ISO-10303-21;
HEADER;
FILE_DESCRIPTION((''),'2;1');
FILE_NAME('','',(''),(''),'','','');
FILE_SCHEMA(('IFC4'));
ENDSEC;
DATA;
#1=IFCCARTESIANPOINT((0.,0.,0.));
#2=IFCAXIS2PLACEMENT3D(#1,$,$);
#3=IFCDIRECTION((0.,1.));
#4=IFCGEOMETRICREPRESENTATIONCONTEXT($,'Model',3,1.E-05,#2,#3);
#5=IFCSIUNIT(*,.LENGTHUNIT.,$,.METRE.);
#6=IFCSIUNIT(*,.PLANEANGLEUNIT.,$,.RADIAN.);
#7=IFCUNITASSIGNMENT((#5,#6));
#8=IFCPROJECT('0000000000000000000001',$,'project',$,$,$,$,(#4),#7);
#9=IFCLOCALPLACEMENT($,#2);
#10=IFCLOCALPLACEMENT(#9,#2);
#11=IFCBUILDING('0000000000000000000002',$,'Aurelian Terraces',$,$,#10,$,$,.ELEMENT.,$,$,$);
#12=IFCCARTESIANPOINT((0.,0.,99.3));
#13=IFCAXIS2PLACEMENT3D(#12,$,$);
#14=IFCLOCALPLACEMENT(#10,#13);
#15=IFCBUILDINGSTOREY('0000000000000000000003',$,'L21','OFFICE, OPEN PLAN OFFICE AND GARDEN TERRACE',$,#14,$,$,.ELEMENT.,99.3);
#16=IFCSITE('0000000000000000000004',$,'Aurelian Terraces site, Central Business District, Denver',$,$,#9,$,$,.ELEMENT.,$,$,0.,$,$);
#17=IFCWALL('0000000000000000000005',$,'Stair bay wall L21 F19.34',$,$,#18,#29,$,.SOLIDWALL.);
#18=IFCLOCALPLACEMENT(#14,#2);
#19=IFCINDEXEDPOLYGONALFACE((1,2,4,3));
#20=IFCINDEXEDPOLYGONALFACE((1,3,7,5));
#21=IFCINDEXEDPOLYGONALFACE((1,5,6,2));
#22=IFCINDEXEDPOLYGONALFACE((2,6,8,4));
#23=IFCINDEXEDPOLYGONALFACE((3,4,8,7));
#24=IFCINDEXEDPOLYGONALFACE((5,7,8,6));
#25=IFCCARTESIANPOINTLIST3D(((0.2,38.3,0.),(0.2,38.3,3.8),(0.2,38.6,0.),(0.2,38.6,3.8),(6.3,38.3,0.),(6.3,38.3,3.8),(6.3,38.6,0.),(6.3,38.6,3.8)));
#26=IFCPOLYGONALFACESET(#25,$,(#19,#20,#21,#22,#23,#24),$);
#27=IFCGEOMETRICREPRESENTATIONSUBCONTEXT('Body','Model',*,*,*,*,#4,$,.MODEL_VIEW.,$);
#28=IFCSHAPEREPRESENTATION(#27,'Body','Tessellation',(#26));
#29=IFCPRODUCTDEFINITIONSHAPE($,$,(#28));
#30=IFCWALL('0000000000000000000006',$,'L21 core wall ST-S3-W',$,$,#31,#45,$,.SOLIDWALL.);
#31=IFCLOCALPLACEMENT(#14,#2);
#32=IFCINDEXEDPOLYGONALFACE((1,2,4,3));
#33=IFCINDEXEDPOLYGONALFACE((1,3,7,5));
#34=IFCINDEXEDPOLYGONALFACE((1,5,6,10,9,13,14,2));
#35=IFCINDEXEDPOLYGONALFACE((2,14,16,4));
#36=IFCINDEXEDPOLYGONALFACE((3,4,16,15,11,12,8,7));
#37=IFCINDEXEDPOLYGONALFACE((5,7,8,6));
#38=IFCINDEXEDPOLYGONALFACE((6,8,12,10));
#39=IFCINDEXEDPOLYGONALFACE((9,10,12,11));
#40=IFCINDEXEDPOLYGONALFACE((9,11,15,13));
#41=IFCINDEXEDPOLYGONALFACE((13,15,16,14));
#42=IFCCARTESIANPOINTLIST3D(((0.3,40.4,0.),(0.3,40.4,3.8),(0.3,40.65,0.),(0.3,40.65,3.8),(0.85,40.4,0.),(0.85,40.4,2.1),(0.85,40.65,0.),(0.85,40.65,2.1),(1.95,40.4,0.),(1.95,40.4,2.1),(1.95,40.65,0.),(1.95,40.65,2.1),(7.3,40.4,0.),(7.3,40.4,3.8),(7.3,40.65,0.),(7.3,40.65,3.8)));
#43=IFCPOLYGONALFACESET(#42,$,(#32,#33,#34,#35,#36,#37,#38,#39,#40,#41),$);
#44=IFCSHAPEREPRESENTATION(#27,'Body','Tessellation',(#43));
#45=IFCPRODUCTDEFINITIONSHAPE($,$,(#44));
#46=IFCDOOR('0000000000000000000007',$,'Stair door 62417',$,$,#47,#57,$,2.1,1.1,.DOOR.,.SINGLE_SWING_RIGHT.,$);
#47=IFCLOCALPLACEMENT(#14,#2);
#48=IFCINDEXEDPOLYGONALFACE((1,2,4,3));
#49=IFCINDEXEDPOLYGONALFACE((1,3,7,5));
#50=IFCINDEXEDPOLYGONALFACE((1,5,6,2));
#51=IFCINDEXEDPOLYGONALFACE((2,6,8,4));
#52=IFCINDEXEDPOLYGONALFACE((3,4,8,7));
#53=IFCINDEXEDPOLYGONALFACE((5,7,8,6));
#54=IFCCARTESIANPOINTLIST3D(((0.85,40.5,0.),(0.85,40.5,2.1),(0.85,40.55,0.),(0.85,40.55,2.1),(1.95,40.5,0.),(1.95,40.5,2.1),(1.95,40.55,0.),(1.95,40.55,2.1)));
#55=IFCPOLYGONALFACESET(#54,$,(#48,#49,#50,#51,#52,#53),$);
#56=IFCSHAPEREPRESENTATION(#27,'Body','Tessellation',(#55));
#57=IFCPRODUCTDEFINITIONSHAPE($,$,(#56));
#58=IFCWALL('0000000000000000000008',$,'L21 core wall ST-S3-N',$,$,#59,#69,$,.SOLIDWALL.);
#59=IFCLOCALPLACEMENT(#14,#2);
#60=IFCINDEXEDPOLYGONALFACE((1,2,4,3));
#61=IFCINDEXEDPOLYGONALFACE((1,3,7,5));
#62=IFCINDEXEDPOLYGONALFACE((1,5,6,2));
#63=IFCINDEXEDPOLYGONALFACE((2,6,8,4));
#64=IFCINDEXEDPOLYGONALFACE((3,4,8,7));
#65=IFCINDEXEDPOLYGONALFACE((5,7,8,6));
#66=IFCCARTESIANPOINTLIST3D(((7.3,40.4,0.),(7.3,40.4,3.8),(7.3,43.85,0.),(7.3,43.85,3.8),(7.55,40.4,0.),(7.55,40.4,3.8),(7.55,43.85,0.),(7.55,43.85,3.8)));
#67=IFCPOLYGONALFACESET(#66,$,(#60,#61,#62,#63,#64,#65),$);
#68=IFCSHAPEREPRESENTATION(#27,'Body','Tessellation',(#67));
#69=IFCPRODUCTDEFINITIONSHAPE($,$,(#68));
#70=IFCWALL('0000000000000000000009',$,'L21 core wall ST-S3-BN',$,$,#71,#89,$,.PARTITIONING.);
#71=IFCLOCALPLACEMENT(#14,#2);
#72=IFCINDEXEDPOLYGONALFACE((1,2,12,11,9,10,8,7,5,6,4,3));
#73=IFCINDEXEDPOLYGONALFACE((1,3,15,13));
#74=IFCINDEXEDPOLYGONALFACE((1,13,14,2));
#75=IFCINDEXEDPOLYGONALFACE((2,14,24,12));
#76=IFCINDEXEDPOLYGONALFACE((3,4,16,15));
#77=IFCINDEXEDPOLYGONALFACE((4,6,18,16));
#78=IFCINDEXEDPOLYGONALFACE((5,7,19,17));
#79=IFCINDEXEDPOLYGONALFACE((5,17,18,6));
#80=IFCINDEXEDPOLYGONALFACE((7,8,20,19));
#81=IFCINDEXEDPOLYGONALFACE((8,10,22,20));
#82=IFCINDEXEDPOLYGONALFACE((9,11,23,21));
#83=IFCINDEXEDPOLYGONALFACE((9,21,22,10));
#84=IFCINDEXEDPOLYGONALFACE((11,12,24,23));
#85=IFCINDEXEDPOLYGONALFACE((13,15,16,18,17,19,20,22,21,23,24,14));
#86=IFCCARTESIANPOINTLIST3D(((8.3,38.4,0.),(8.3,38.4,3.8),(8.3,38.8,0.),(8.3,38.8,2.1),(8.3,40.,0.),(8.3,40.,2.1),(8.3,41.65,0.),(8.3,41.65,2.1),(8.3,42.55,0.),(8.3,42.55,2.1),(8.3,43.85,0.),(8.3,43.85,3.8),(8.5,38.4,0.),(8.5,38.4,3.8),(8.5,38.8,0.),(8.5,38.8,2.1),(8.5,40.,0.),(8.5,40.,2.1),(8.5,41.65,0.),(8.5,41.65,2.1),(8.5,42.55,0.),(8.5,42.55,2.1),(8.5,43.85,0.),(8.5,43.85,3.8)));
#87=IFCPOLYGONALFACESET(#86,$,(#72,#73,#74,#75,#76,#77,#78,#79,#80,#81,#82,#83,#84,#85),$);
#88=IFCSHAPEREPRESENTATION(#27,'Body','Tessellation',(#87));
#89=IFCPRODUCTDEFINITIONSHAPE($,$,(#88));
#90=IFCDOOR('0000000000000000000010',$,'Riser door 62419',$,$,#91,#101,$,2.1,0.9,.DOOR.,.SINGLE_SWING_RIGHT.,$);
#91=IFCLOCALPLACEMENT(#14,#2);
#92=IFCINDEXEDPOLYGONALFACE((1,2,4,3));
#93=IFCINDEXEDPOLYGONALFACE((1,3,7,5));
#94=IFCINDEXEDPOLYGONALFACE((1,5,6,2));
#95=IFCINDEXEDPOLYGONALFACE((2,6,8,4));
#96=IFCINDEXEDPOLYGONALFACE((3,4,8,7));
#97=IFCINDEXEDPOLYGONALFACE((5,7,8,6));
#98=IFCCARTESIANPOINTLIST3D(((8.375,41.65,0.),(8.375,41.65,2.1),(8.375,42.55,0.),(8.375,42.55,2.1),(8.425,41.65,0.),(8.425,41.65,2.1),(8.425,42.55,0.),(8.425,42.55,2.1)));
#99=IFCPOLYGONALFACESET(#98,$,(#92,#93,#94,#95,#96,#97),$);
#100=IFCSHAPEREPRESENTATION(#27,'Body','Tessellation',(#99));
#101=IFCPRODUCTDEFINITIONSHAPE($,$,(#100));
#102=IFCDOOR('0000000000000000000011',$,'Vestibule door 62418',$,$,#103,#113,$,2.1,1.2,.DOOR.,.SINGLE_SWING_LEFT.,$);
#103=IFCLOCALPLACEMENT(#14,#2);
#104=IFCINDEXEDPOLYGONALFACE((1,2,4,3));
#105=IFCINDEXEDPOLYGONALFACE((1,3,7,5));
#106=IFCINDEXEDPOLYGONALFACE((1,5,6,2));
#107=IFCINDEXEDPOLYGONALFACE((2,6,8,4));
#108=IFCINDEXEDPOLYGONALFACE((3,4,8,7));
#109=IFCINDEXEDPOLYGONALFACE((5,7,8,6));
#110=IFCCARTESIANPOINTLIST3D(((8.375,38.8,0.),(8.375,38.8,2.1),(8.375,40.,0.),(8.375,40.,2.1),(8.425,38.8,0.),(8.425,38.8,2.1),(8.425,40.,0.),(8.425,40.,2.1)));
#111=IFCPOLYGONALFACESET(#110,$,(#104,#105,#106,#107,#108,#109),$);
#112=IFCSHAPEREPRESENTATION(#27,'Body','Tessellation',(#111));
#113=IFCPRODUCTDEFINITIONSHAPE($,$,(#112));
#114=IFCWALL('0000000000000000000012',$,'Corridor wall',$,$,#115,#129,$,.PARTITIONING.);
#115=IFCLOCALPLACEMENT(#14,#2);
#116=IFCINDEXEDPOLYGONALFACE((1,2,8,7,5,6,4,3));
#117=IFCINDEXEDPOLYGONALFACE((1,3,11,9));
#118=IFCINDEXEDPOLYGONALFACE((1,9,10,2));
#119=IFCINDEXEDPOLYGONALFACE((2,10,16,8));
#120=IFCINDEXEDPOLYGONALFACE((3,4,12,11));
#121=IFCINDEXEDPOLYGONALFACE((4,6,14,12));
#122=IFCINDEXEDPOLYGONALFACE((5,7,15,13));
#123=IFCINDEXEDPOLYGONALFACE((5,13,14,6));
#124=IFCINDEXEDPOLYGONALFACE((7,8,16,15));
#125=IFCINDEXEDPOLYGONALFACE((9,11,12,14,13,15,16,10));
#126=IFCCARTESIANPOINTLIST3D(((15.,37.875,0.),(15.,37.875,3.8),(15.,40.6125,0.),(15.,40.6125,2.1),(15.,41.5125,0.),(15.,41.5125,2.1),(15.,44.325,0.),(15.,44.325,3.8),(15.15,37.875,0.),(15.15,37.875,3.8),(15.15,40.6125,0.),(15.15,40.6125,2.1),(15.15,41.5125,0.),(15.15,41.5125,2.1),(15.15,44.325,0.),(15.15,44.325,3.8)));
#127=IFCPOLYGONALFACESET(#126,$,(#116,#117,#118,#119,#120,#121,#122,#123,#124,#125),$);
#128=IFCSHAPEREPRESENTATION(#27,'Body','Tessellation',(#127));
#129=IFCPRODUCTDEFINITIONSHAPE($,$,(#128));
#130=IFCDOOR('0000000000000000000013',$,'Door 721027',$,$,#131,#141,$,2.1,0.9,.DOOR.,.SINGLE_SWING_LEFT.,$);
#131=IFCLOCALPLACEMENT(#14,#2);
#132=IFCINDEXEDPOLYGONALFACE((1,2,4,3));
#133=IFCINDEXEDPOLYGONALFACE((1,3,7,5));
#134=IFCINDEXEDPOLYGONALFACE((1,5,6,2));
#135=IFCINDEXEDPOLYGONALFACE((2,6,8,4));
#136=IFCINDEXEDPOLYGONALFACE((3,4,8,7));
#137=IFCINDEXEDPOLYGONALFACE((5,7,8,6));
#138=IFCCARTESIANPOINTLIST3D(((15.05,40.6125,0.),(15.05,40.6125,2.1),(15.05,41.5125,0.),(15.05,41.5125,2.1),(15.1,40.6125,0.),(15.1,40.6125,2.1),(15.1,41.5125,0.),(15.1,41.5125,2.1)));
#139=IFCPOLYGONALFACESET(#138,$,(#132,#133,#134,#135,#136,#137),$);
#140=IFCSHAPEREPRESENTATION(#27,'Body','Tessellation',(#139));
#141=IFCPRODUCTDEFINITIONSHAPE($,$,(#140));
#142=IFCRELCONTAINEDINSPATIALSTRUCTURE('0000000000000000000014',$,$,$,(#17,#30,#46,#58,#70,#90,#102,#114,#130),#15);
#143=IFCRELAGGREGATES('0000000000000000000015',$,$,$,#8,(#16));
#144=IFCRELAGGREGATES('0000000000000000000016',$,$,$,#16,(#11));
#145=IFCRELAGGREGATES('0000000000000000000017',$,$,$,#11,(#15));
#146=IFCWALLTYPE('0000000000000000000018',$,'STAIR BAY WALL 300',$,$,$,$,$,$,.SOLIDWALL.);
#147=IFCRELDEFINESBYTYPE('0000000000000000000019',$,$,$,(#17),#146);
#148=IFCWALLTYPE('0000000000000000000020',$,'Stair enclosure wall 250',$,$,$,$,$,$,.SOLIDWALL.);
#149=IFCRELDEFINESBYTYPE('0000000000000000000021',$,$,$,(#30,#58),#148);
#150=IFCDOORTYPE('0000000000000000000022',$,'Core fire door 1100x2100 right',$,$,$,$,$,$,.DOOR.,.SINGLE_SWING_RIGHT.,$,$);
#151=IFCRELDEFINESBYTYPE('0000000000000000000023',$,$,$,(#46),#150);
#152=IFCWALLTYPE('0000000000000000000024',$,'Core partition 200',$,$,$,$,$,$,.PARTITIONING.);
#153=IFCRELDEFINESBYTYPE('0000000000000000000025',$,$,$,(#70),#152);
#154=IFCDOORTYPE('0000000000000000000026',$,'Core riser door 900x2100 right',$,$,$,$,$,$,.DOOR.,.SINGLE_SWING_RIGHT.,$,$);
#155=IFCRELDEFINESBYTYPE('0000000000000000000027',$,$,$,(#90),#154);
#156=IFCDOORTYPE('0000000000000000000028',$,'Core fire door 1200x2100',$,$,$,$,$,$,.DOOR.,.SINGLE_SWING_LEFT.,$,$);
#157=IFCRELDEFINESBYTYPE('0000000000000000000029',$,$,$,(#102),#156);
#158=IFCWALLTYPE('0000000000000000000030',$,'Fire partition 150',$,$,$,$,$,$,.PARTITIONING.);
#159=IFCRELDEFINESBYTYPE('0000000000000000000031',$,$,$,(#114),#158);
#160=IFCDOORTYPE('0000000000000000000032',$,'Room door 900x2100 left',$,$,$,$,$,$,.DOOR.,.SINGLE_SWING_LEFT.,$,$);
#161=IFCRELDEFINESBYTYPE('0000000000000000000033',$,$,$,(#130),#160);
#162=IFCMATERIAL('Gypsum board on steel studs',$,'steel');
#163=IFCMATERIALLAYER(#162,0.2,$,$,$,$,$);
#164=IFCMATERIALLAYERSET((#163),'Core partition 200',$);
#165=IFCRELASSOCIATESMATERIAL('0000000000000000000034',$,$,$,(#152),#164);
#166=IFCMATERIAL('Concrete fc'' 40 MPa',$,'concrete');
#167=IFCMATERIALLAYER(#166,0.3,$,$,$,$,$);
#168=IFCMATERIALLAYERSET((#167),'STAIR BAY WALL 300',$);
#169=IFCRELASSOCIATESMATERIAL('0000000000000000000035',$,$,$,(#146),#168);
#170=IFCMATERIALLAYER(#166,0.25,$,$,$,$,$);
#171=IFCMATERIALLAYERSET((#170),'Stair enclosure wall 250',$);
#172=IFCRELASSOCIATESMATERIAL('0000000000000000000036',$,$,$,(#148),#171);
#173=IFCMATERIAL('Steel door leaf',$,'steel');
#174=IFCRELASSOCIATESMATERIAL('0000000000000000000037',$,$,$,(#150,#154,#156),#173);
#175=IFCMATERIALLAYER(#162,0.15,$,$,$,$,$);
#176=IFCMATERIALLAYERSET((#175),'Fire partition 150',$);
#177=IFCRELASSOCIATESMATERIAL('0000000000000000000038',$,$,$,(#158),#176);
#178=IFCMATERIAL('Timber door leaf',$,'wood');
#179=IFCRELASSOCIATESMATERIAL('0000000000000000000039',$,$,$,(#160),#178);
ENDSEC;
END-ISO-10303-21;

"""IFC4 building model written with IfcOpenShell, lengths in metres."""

from ifc_helpers import new_model, si_unit, direction, frame, frame_2d, origin, place, context, subcontext, project, spatial, rectangle, extrude, source, transform, mapped, material, layer, layer_set, type_object, element, fill, save


model = new_model("IFC4")

# Units and contexts
model_context = context("Model", 3, precision=1e-05, world=origin(), true_north=direction((0.0, 1.0)))
body_context = subcontext(model_context, "Body", "Model", "MODEL_VIEW")
ifc_project = project(units=[si_unit("LENGTHUNIT", "METRE"), si_unit("PLANEANGLEUNIT", "RADIAN")], contexts=[model_context])

# Site, building, storey
site_placement = place(None, origin())
site = spatial("IfcSite", under=ifc_project, at=site_placement, Name="Aurelian Terraces site, Central Business District, Denver", CompositionType="ELEMENT", RefElevation=0.0)
building_placement = place(site_placement, origin())
building = spatial("IfcBuilding", under=site, at=building_placement, Name="Aurelian Terraces", CompositionType="ELEMENT")
storey_placement = place(building_placement, frame((0.0, 0.0, 99.3)))
storey = spatial("IfcBuildingStorey", under=building, at=storey_placement, Name="L21", Description="OFFICE, OPEN PLAN OFFICE AND GARDEN TERRACE", CompositionType="ELEMENT", Elevation=99.3)

# Shared definitions
ifc_material_1 = material(Name="Gypsum board on steel studs", Category="steel")
ifc_layer_1 = layer(ifc_material_1, 0.2)
ifc_layer_set_1 = layer_set([ifc_layer_1], Name="Core partition 200")
wall_type_1 = type_object("IfcWallType", Name="Core partition 200", PredefinedType="PARTITIONING", material=ifc_layer_set_1)

# Wall
ifc_material_2 = material(Name="Concrete fc' 40 MPa", Category="concrete")
ifc_layer_2 = layer(ifc_material_2, 0.3)
ifc_layer_set_2 = layer_set([ifc_layer_2], Name="STAIR BAY WALL 300")
wall_type_2 = type_object("IfcWallType", Name="STAIR BAY WALL 300", PredefinedType="SOLIDWALL", material=ifc_layer_set_2)
shared_shape_1 = source(origin(), body_context, "Body", "SweptSolid", [
    extrude(rectangle(XDim=6.1, YDim=0.3, at=frame_2d((3.05, 0.0))), origin(), (0.0, 0.0, 1.0), 3.8),
])
wall_1_placement = place(storey_placement, frame((0.2, 38.45, 0.0), z_axis=(0.0, 0.0, 1.0), x_axis=(1.0, 0.0, 0.0)))
element("IfcWall", 1, at=wall_1_placement, inside=storey, type_object=wall_type_2, Name="Stair bay wall L21 F19.34", PredefinedType="SOLIDWALL", context=body_context, shape_type="MappedRepresentation", body=[
    mapped(shared_shape_1, transform((0.0, 0.0, 0.0), scale=1.0)),
])

# Wall, opening, door
ifc_layer_3 = layer(ifc_material_2, 0.25)
ifc_layer_set_3 = layer_set([ifc_layer_3], Name="Stair enclosure wall 250")
wall_type_3 = type_object("IfcWallType", Name="Stair enclosure wall 250", PredefinedType="SOLIDWALL", material=ifc_layer_set_3)
shared_shape_2 = source(origin(), body_context, "Body", "SweptSolid", [
    extrude(rectangle(XDim=7.0, YDim=0.25, at=frame_2d((3.5, 0.0))), origin(), (0.0, 0.0, 1.0), 3.8),
])
wall_2_placement = place(storey_placement, frame((0.3, 40.525, 0.0), z_axis=(0.0, 0.0, 1.0), x_axis=(1.0, 0.0, 0.0)))
wall_2 = element("IfcWall", 2, at=wall_2_placement, inside=storey, type_object=wall_type_3, Name="L21 core wall ST-S3-W", PredefinedType="SOLIDWALL", context=body_context, shape_type="MappedRepresentation", body=[
    mapped(shared_shape_2, transform((0.0, 0.0, 0.0), scale=1.0)),
])
shared_shape_3 = source(origin(), body_context, "Body", "SweptSolid", [
    extrude(rectangle(XDim=1.1, YDim=2.1, at=frame_2d((0.55, 1.05))), frame((0.0, 0.135, 0.0), z_axis=(0.0, -1.0, 0.0), x_axis=(1.0, 0.0, 0.0)), (0.0, 0.0, 1.0), 0.27),
])
opening_1_placement = place(wall_2_placement, frame((0.55, 0.0, 0.0)))
opening_1 = element("IfcOpeningElement", 3, at=opening_1_placement, cuts=wall_2, PredefinedType="OPENING", context=body_context, shape_type="MappedRepresentation", body=[
    mapped(shared_shape_3, transform((0.0, 0.0, 0.0), scale=1.0)),
])
ifc_material_3 = material(Name="Steel door leaf", Category="steel")
door_type_1 = type_object("IfcDoorType", Name="Core fire door 1100x2100 right", OperationType="SINGLE_SWING_RIGHT", PredefinedType="DOOR", material=ifc_material_3)
shared_shape_4 = source(origin(), body_context, "Body", "SweptSolid", [
    extrude(rectangle(XDim=1.1, YDim=2.1, at=frame_2d((0.55, 1.05))), frame((0.0, 0.025, 0.0), z_axis=(0.0, -1.0, 0.0), x_axis=(1.0, 0.0, 0.0)), (0.0, 0.0, 1.0), 0.05),
])
door_1_placement = place(opening_1_placement, origin())
door_1 = element("IfcDoor", 4, at=door_1_placement, inside=storey, type_object=door_type_1, Name="Stair door 62417", OperationType="SINGLE_SWING_RIGHT", OverallHeight=2.1, OverallWidth=1.1, PredefinedType="DOOR", context=body_context, shape_type="MappedRepresentation", body=[
    mapped(shared_shape_4, transform((0.0, 0.0, 0.0), scale=1.0)),
])
fill(opening_1, door_1)

# Wall
shared_shape_5 = source(origin(), body_context, "Body", "SweptSolid", [
    extrude(rectangle(XDim=3.45, YDim=0.25, at=frame_2d((1.725, 0.0))), origin(), (0.0, 0.0, 1.0), 3.8),
])
wall_3_placement = place(storey_placement, frame((7.425, 40.4, 0.0), z_axis=(0.0, 0.0, 1.0), x_axis=(0.0, 1.0, 0.0)))
element("IfcWall", 5, at=wall_3_placement, inside=storey, type_object=wall_type_3, Name="L21 core wall ST-S3-N", PredefinedType="SOLIDWALL", context=body_context, shape_type="MappedRepresentation", body=[
    mapped(shared_shape_5, transform((0.0, 0.0, 0.0), scale=1.0)),
])

# Wall, openings, doors
shared_shape_6 = source(origin(), body_context, "Body", "SweptSolid", [
    extrude(rectangle(XDim=5.45, YDim=0.2, at=frame_2d((2.725, 0.0))), origin(), (0.0, 0.0, 1.0), 3.8),
])
wall_4_placement = place(storey_placement, frame((8.4, 38.4, 0.0), z_axis=(0.0, 0.0, 1.0), x_axis=(0.0, 1.0, 0.0)))
wall_4 = element("IfcWall", 6, at=wall_4_placement, inside=storey, type_object=wall_type_1, Name="L21 core wall ST-S3-BN", PredefinedType="PARTITIONING", context=body_context, shape_type="MappedRepresentation", body=[
    mapped(shared_shape_6, transform((0.0, 0.0, 0.0), scale=1.0)),
])
shared_shape_7 = source(origin(), body_context, "Body", "SweptSolid", [
    extrude(rectangle(XDim=1.2, YDim=2.1, at=frame_2d((0.6, 1.05))), frame((0.0, 0.11, 0.0), z_axis=(0.0, -1.0, 0.0), x_axis=(1.0, 0.0, 0.0)), (0.0, 0.0, 1.0), 0.22),
])
opening_2_placement = place(wall_4_placement, frame((0.4, 0.0, 0.0)))
opening_2 = element("IfcOpeningElement", 7, at=opening_2_placement, cuts=wall_4, PredefinedType="OPENING", context=body_context, shape_type="MappedRepresentation", body=[
    mapped(shared_shape_7, transform((0.0, 0.0, 0.0), scale=1.0)),
])
shared_shape_8 = source(origin(), body_context, "Body", "SweptSolid", [
    extrude(rectangle(XDim=0.9, YDim=2.1, at=frame_2d((0.45, 1.05))), frame((0.0, 0.11, 0.0), z_axis=(0.0, -1.0, 0.0), x_axis=(1.0, 0.0, 0.0)), (0.0, 0.0, 1.0), 0.22),
])
opening_3_placement = place(wall_4_placement, frame((3.25, 0.0, 0.0)))
opening_3 = element("IfcOpeningElement", 8, at=opening_3_placement, cuts=wall_4, PredefinedType="OPENING", context=body_context, shape_type="MappedRepresentation", body=[
    mapped(shared_shape_8, transform((0.0, 0.0, 0.0), scale=1.0)),
])
door_type_2 = type_object("IfcDoorType", Name="Core riser door 900x2100 right", OperationType="SINGLE_SWING_RIGHT", PredefinedType="DOOR", material=ifc_material_3)
shared_shape_9 = source(origin(), body_context, "Body", "SweptSolid", [
    extrude(rectangle(XDim=0.9, YDim=2.1, at=frame_2d((0.45, 1.05))), frame((0.0, 0.025, 0.0), z_axis=(0.0, -1.0, 0.0), x_axis=(1.0, 0.0, 0.0)), (0.0, 0.0, 1.0), 0.05),
])
door_2_placement = place(opening_3_placement, origin())
door_2 = element("IfcDoor", 9, at=door_2_placement, inside=storey, type_object=door_type_2, Name="Riser door 62419", OperationType="SINGLE_SWING_RIGHT", OverallHeight=2.1, OverallWidth=0.9, PredefinedType="DOOR", context=body_context, shape_type="MappedRepresentation", body=[
    mapped(shared_shape_9, transform((0.0, 0.0, 0.0), scale=1.0)),
])
fill(opening_3, door_2)
door_type_3 = type_object("IfcDoorType", Name="Core fire door 1200x2100", OperationType="SINGLE_SWING_LEFT", PredefinedType="DOOR", material=ifc_material_3)
shared_shape_10 = source(origin(), body_context, "Body", "SweptSolid", [
    extrude(rectangle(XDim=1.2, YDim=2.1, at=frame_2d((0.6, 1.05))), frame((0.0, 0.025, 0.0), z_axis=(0.0, -1.0, 0.0), x_axis=(1.0, 0.0, 0.0)), (0.0, 0.0, 1.0), 0.05),
])
door_3_placement = place(opening_2_placement, origin())
door_3 = element("IfcDoor", 10, at=door_3_placement, inside=storey, type_object=door_type_3, Name="Vestibule door 62418", OperationType="SINGLE_SWING_LEFT", OverallHeight=2.1, OverallWidth=1.2, PredefinedType="DOOR", context=body_context, shape_type="MappedRepresentation", body=[
    mapped(shared_shape_10, transform((0.0, 0.0, 0.0), scale=1.0)),
])
fill(opening_2, door_3)

# Wall, opening, door
ifc_layer_4 = layer(ifc_material_1, 0.15)
ifc_layer_set_4 = layer_set([ifc_layer_4], Name="Fire partition 150")
wall_type_4 = type_object("IfcWallType", Name="Fire partition 150", PredefinedType="PARTITIONING", material=ifc_layer_set_4)
shared_shape_11 = source(origin(), body_context, "Body", "SweptSolid", [
    extrude(rectangle(XDim=6.45, YDim=0.15, at=frame_2d((3.225, 0.0))), origin(), (0.0, 0.0, 1.0), 3.8),
])
wall_5_placement = place(storey_placement, frame((15.075, 37.875, 0.0), z_axis=(0.0, 0.0, 1.0), x_axis=(0.0, 1.0, 0.0)))
wall_5 = element("IfcWall", 11, at=wall_5_placement, inside=storey, type_object=wall_type_4, Name="Corridor wall", PredefinedType="PARTITIONING", context=body_context, shape_type="MappedRepresentation", body=[
    mapped(shared_shape_11, transform((0.0, 0.0, 0.0), scale=1.0)),
])
shared_shape_12 = source(origin(), body_context, "Body", "SweptSolid", [
    extrude(rectangle(XDim=0.9, YDim=2.1, at=frame_2d((0.45, 1.05))), frame((0.0, 0.085, 0.0), z_axis=(0.0, -1.0, 0.0), x_axis=(1.0, 0.0, 0.0)), (0.0, 0.0, 1.0), 0.17),
])
opening_4_placement = place(wall_5_placement, frame((2.7375, 0.0, 0.0)))
opening_4 = element("IfcOpeningElement", 12, at=opening_4_placement, cuts=wall_5, PredefinedType="OPENING", context=body_context, shape_type="MappedRepresentation", body=[
    mapped(shared_shape_12, transform((0.0, 0.0, 0.0), scale=1.0)),
])
ifc_material_4 = material(Name="Timber door leaf", Category="wood")
door_type_4 = type_object("IfcDoorType", Name="Room door 900x2100 left", OperationType="SINGLE_SWING_LEFT", PredefinedType="DOOR", material=ifc_material_4)
door_4_placement = place(opening_4_placement, origin())
door_4 = element("IfcDoor", 13, at=door_4_placement, inside=storey, type_object=door_type_4, Name="Door 721027", OperationType="SINGLE_SWING_LEFT", OverallHeight=2.1, OverallWidth=0.9, PredefinedType="DOOR", context=body_context, shape_type="MappedRepresentation", body=[
    mapped(shared_shape_9, transform((0.0, 0.0, 0.0), scale=1.0)),
])
fill(opening_4, door_4)

save(model, "model.ifc")
